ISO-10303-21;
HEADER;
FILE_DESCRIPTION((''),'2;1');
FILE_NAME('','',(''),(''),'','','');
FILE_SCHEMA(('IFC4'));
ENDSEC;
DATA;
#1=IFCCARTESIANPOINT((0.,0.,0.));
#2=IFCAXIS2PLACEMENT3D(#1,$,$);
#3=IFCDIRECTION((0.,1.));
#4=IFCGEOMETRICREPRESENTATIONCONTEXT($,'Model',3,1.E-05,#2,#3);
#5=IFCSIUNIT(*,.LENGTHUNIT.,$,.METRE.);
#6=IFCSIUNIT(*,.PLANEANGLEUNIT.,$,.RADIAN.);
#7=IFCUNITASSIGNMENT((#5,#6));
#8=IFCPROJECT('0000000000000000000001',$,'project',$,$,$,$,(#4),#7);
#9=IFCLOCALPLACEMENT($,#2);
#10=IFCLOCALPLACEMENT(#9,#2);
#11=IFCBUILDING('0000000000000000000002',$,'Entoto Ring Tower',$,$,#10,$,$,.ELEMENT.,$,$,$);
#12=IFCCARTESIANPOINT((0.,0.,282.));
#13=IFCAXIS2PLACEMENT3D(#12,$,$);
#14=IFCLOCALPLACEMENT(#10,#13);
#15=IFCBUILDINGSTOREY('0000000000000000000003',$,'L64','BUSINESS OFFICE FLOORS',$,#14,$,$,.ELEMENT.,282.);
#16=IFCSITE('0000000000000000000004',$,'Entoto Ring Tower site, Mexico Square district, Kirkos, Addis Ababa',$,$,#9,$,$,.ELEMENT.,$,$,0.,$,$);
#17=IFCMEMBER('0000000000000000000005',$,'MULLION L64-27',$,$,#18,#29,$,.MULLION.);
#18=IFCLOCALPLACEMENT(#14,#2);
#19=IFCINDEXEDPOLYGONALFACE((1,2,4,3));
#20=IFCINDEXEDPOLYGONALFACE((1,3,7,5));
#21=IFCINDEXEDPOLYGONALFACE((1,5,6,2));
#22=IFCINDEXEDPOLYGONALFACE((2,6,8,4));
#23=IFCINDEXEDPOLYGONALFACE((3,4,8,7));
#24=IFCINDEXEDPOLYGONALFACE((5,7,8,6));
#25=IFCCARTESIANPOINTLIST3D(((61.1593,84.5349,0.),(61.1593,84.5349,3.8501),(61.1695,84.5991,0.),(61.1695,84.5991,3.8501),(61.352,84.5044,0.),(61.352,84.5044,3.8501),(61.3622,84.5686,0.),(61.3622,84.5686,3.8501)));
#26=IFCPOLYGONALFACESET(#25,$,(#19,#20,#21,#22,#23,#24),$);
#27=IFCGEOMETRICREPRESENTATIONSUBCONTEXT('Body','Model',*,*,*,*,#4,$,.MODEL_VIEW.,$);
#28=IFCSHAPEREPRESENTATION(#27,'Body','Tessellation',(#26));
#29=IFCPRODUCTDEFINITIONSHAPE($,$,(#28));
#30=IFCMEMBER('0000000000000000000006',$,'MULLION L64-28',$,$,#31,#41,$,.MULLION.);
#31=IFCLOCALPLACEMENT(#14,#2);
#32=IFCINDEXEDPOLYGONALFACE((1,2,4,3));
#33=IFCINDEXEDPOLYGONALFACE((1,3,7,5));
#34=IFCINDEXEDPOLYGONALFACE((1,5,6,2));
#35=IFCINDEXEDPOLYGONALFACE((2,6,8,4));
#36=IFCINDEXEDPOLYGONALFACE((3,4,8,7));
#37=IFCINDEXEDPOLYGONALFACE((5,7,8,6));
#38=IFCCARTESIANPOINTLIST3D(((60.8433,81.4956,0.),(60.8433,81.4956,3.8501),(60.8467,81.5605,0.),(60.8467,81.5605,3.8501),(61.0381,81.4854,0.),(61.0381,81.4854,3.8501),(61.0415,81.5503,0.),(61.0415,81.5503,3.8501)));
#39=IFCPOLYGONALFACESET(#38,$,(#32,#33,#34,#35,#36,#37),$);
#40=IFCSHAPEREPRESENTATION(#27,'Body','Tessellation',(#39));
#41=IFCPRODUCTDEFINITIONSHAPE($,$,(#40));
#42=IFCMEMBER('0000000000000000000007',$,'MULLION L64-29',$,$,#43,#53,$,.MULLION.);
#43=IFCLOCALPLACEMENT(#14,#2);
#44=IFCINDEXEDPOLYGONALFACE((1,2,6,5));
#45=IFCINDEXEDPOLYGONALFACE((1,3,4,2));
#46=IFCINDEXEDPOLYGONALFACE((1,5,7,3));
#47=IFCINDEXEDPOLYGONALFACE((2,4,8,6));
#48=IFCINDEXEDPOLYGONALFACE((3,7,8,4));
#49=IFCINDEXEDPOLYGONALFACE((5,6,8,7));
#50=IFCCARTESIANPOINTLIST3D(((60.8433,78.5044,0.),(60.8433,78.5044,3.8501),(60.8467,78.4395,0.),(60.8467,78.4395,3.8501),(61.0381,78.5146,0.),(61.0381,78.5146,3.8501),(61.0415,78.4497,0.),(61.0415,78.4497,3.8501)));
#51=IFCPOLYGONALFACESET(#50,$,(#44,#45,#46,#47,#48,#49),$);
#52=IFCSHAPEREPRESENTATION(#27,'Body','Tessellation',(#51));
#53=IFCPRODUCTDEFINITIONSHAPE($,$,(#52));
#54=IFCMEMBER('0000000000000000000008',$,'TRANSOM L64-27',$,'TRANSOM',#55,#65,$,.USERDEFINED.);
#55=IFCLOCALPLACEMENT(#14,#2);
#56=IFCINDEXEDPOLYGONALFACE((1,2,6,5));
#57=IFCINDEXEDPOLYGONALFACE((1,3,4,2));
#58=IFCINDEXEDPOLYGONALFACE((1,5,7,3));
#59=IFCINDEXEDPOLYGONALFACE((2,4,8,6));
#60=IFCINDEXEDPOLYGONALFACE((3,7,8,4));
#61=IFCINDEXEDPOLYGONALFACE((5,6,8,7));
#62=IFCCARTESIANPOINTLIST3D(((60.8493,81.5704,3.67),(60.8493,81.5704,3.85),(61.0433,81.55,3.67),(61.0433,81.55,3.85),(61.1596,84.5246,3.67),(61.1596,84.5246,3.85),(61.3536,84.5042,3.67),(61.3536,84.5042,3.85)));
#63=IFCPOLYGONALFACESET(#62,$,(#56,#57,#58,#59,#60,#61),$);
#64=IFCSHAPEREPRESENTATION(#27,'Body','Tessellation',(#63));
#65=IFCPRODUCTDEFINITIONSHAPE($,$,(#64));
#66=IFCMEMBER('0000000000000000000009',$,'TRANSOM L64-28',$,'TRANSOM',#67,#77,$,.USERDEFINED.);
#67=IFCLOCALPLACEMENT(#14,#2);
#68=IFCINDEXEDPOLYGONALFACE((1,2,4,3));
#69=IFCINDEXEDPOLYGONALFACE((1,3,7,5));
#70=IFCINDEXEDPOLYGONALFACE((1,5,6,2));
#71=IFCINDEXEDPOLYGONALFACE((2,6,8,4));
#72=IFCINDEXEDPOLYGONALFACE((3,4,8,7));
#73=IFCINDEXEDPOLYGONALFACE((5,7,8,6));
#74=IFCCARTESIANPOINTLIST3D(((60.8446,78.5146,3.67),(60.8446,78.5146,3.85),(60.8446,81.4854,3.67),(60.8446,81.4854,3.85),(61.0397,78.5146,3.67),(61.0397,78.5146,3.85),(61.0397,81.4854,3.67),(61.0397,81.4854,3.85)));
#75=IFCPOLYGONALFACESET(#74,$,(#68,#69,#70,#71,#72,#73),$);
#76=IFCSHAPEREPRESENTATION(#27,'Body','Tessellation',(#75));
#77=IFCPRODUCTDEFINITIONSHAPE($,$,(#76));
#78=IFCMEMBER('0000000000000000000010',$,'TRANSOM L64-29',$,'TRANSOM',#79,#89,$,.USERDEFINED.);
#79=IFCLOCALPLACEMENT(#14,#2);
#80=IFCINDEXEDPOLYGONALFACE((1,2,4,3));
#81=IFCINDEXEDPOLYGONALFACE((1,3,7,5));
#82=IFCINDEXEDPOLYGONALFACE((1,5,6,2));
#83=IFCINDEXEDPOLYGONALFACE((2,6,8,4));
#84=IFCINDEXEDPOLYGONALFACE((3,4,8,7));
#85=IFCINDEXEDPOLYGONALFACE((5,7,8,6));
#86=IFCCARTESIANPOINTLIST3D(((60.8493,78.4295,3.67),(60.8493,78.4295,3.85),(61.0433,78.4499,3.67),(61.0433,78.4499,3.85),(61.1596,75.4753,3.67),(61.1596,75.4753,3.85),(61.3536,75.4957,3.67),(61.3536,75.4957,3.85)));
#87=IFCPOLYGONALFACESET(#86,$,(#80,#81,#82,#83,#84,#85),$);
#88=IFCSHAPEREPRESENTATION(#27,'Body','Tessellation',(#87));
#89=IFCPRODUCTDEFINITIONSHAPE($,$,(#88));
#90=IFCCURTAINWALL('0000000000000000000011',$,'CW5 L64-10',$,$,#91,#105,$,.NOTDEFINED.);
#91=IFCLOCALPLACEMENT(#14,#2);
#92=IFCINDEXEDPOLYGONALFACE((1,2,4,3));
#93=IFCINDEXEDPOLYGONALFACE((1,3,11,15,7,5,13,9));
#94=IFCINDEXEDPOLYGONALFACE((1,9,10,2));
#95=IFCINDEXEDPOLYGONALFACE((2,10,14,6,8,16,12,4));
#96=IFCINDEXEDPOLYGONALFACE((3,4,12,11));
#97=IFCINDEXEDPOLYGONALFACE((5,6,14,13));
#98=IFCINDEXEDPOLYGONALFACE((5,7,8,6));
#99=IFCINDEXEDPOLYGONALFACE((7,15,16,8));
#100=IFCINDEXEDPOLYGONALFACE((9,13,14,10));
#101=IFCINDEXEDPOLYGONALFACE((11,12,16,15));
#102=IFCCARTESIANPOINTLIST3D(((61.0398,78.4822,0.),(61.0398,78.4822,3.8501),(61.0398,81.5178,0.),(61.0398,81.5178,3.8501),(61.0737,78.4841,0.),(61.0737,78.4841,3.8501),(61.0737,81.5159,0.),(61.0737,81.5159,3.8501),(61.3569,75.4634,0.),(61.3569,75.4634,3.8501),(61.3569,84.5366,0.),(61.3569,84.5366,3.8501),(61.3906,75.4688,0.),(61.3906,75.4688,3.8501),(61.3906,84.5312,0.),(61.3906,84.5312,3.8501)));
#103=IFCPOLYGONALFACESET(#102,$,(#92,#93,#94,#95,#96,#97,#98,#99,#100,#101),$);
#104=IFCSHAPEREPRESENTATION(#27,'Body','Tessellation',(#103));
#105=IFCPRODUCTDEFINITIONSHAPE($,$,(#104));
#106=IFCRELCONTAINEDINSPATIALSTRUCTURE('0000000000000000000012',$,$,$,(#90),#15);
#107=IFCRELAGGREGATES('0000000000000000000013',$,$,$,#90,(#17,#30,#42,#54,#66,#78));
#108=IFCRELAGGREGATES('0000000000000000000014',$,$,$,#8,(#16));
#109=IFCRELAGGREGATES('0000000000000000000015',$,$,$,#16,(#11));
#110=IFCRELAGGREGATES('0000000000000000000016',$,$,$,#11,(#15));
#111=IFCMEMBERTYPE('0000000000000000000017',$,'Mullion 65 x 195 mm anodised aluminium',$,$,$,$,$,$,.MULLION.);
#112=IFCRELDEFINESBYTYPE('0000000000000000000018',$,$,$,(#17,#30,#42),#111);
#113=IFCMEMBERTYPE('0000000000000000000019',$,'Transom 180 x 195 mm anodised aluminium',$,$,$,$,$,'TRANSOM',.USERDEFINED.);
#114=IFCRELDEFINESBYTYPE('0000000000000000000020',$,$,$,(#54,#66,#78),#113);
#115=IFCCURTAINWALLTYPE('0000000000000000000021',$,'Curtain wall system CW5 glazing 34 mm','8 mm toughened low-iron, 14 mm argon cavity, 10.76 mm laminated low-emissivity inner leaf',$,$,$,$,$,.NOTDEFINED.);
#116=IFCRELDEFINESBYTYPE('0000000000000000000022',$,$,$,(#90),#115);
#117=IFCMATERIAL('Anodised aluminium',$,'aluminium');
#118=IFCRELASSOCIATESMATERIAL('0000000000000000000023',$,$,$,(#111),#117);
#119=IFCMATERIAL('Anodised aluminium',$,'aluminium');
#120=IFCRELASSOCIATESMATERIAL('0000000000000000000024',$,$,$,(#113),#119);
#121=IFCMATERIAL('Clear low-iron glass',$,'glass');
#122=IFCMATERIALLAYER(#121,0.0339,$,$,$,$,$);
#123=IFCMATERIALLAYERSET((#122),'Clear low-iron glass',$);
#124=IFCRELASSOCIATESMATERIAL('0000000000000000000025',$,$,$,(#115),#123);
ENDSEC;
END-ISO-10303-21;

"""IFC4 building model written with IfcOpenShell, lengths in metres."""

from ifc_helpers import new_model, si_unit, direction, frame, origin, origin_2d, place, context, subcontext, project, spatial, polyline, rectangle, outline, extrude, material, layer, layer_set, material_profile, profile_set, type_object, element, aggregate, save


model = new_model("IFC4")

# Units and contexts
model_context = context("Model", 3, precision=1e-05, world=origin(), true_north=direction((0.0, 1.0)))
body_context = subcontext(model_context, "Body", "Model", "MODEL_VIEW")
ifc_project = project(units=[si_unit("LENGTHUNIT", "METRE"), si_unit("PLANEANGLEUNIT", "RADIAN")], contexts=[model_context])

# Members
ifc_material_1 = material(Name="Anodised aluminium", Category="aluminium")
ifc_material_profile_1 = material_profile(ifc_material_1, rectangle(XDim=0.0649, YDim=0.1951, at=origin_2d()), Name="Mullion 65 x 195 mm anodised aluminium")
ifc_profile_set_1 = profile_set([ifc_material_profile_1], Name="Anodised aluminium")
member_type_1 = type_object("IfcMemberType", Name="Mullion 65 x 195 mm anodised aluminium", PredefinedType="MULLION", material=ifc_profile_set_1)
site_placement = place(None, origin())
building_placement = place(site_placement, origin())
storey_placement = place(building_placement, frame((0.0, 0.0, 282.0)))
member_1_placement = place(storey_placement, frame((61.2607, 84.5518, 0.0), z_axis=(0.0, 0.0, 1.0), x_axis=(-0.156434, -0.987688, 0.0)))
member_1 = element("IfcMember", 1, at=member_1_placement, type_object=member_type_1, Name="MULLION L64-27", PredefinedType="MULLION", context=body_context, shape_type="SweptSolid", body=[
    extrude(rectangle(XDim=0.0649, YDim=0.1951, at=origin_2d()), origin(), (0.0, 0.0, 1.0), 3.8501),
])
member_2_placement = place(storey_placement, frame((60.9424, 81.5229, 0.0), z_axis=(0.0, 0.0, 1.0), x_axis=(-0.052336, -0.99863, 0.0)))
member_2 = element("IfcMember", 2, at=member_2_placement, type_object=member_type_1, Name="MULLION L64-28", PredefinedType="MULLION", context=body_context, shape_type="SweptSolid", body=[
    extrude(rectangle(XDim=0.0649, YDim=0.1951, at=origin_2d()), origin(), (0.0, 0.0, 1.0), 3.8501),
])
member_3_placement = place(storey_placement, frame((60.9424, 78.4771, 0.0), z_axis=(0.0, 0.0, 1.0), x_axis=(0.052336, -0.99863, 0.0)))
member_3 = element("IfcMember", 3, at=member_3_placement, type_object=member_type_1, Name="MULLION L64-29", PredefinedType="MULLION", context=body_context, shape_type="SweptSolid", body=[
    extrude(rectangle(XDim=0.0649, YDim=0.1951, at=origin_2d()), origin(), (0.0, 0.0, 1.0), 3.8501),
])
ifc_material_2 = material(Name="Anodised aluminium", Category="aluminium")
ifc_material_profile_2 = material_profile(ifc_material_2, rectangle(XDim=0.1951, YDim=0.1799, at=origin_2d()), Name="Transom 180 x 195 mm anodised aluminium")
ifc_profile_set_2 = profile_set([ifc_material_profile_2], Name="Anodised aluminium")
member_type_2 = type_object("IfcMemberType", Name="Transom 180 x 195 mm anodised aluminium", ElementType="TRANSOM", PredefinedType="USERDEFINED", material=ifc_profile_set_2)
member_4_placement = place(storey_placement, frame((61.2566, 84.5144, 3.76), z_axis=(-0.104467, -0.994528, 0.0), x_axis=(0.994528, -0.104467, 0.0)))
member_4 = element("IfcMember", 4, at=member_4_placement, type_object=member_type_2, Name="TRANSOM L64-27", ObjectType="TRANSOM", PredefinedType="USERDEFINED", context=body_context, shape_type="SweptSolid", body=[
    extrude(rectangle(XDim=0.1951, YDim=0.1799, at=origin_2d()), origin(), (0.0, 0.0, 1.0), 2.9705),
])
member_5_placement = place(storey_placement, frame((60.9421, 81.4854, 3.76), z_axis=(0.0, -1.0, 0.0), x_axis=(1.0, 0.0, 0.0)))
member_5 = element("IfcMember", 5, at=member_5_placement, type_object=member_type_2, Name="TRANSOM L64-28", ObjectType="TRANSOM", PredefinedType="USERDEFINED", context=body_context, shape_type="SweptSolid", body=[
    extrude(rectangle(XDim=0.1951, YDim=0.1799, at=origin_2d()), origin(), (0.0, 0.0, 1.0), 2.9707),
])
member_6_placement = place(storey_placement, frame((60.9463, 78.4397, 3.76), z_axis=(0.104467, -0.994528, 0.0), x_axis=(0.994528, 0.104467, 0.0)))
member_6 = element("IfcMember", 6, at=member_6_placement, type_object=member_type_2, Name="TRANSOM L64-29", ObjectType="TRANSOM", PredefinedType="USERDEFINED", context=body_context, shape_type="SweptSolid", body=[
    extrude(rectangle(XDim=0.1951, YDim=0.1799, at=origin_2d()), origin(), (0.0, 0.0, 1.0), 2.9705),
])

# Site, building, storey
site = spatial("IfcSite", under=ifc_project, at=site_placement, Name="Entoto Ring Tower site, Mexico Square district, Kirkos, Addis Ababa", CompositionType="ELEMENT", RefElevation=0.0)
building = spatial("IfcBuilding", under=site, at=building_placement, Name="Entoto Ring Tower", CompositionType="ELEMENT")
storey = spatial("IfcBuildingStorey", under=building, at=storey_placement, Name="L64", Description="BUSINESS OFFICE FLOORS", CompositionType="ELEMENT", Elevation=282.0)

# Curtain wall
ifc_material_3 = material(Name="Clear low-iron glass", Category="glass")
ifc_layer = layer(ifc_material_3, 0.0339)
ifc_layer_set = layer_set([ifc_layer], Name="Clear low-iron glass")
curtain_wall_type = type_object("IfcCurtainWallType", Name="Curtain wall system CW5 glazing 34 mm", Description="8 mm toughened low-iron, 14 mm argon cavity, 10.76 mm laminated low-emissivity inner leaf", PredefinedType="NOTDEFINED", material=ifc_layer_set)
curtain_wall_1_placement = place(storey_placement, origin())
curtain_wall_1 = element("IfcCurtainWall", 7, at=curtain_wall_1_placement, inside=storey, type_object=curtain_wall_type, Name="CW5 L64-10", PredefinedType="NOTDEFINED", context=body_context, shape_type="SweptSolid", body=[
    extrude(outline(polyline([(61.3569, 84.5366), (61.0398, 81.5178), (61.0398, 78.4822), (61.3569, 75.4634), (61.3906, 75.4688), (61.0737, 78.4841), (61.0737, 81.5159), (61.3906, 84.5312), (61.3569, 84.5366)])), origin(), (0.0, 0.0, 1.0), 3.8501),
])
aggregate(curtain_wall_1, [member_1, member_2, member_3, member_4, member_5, member_6])

save(model, "model.ifc")
